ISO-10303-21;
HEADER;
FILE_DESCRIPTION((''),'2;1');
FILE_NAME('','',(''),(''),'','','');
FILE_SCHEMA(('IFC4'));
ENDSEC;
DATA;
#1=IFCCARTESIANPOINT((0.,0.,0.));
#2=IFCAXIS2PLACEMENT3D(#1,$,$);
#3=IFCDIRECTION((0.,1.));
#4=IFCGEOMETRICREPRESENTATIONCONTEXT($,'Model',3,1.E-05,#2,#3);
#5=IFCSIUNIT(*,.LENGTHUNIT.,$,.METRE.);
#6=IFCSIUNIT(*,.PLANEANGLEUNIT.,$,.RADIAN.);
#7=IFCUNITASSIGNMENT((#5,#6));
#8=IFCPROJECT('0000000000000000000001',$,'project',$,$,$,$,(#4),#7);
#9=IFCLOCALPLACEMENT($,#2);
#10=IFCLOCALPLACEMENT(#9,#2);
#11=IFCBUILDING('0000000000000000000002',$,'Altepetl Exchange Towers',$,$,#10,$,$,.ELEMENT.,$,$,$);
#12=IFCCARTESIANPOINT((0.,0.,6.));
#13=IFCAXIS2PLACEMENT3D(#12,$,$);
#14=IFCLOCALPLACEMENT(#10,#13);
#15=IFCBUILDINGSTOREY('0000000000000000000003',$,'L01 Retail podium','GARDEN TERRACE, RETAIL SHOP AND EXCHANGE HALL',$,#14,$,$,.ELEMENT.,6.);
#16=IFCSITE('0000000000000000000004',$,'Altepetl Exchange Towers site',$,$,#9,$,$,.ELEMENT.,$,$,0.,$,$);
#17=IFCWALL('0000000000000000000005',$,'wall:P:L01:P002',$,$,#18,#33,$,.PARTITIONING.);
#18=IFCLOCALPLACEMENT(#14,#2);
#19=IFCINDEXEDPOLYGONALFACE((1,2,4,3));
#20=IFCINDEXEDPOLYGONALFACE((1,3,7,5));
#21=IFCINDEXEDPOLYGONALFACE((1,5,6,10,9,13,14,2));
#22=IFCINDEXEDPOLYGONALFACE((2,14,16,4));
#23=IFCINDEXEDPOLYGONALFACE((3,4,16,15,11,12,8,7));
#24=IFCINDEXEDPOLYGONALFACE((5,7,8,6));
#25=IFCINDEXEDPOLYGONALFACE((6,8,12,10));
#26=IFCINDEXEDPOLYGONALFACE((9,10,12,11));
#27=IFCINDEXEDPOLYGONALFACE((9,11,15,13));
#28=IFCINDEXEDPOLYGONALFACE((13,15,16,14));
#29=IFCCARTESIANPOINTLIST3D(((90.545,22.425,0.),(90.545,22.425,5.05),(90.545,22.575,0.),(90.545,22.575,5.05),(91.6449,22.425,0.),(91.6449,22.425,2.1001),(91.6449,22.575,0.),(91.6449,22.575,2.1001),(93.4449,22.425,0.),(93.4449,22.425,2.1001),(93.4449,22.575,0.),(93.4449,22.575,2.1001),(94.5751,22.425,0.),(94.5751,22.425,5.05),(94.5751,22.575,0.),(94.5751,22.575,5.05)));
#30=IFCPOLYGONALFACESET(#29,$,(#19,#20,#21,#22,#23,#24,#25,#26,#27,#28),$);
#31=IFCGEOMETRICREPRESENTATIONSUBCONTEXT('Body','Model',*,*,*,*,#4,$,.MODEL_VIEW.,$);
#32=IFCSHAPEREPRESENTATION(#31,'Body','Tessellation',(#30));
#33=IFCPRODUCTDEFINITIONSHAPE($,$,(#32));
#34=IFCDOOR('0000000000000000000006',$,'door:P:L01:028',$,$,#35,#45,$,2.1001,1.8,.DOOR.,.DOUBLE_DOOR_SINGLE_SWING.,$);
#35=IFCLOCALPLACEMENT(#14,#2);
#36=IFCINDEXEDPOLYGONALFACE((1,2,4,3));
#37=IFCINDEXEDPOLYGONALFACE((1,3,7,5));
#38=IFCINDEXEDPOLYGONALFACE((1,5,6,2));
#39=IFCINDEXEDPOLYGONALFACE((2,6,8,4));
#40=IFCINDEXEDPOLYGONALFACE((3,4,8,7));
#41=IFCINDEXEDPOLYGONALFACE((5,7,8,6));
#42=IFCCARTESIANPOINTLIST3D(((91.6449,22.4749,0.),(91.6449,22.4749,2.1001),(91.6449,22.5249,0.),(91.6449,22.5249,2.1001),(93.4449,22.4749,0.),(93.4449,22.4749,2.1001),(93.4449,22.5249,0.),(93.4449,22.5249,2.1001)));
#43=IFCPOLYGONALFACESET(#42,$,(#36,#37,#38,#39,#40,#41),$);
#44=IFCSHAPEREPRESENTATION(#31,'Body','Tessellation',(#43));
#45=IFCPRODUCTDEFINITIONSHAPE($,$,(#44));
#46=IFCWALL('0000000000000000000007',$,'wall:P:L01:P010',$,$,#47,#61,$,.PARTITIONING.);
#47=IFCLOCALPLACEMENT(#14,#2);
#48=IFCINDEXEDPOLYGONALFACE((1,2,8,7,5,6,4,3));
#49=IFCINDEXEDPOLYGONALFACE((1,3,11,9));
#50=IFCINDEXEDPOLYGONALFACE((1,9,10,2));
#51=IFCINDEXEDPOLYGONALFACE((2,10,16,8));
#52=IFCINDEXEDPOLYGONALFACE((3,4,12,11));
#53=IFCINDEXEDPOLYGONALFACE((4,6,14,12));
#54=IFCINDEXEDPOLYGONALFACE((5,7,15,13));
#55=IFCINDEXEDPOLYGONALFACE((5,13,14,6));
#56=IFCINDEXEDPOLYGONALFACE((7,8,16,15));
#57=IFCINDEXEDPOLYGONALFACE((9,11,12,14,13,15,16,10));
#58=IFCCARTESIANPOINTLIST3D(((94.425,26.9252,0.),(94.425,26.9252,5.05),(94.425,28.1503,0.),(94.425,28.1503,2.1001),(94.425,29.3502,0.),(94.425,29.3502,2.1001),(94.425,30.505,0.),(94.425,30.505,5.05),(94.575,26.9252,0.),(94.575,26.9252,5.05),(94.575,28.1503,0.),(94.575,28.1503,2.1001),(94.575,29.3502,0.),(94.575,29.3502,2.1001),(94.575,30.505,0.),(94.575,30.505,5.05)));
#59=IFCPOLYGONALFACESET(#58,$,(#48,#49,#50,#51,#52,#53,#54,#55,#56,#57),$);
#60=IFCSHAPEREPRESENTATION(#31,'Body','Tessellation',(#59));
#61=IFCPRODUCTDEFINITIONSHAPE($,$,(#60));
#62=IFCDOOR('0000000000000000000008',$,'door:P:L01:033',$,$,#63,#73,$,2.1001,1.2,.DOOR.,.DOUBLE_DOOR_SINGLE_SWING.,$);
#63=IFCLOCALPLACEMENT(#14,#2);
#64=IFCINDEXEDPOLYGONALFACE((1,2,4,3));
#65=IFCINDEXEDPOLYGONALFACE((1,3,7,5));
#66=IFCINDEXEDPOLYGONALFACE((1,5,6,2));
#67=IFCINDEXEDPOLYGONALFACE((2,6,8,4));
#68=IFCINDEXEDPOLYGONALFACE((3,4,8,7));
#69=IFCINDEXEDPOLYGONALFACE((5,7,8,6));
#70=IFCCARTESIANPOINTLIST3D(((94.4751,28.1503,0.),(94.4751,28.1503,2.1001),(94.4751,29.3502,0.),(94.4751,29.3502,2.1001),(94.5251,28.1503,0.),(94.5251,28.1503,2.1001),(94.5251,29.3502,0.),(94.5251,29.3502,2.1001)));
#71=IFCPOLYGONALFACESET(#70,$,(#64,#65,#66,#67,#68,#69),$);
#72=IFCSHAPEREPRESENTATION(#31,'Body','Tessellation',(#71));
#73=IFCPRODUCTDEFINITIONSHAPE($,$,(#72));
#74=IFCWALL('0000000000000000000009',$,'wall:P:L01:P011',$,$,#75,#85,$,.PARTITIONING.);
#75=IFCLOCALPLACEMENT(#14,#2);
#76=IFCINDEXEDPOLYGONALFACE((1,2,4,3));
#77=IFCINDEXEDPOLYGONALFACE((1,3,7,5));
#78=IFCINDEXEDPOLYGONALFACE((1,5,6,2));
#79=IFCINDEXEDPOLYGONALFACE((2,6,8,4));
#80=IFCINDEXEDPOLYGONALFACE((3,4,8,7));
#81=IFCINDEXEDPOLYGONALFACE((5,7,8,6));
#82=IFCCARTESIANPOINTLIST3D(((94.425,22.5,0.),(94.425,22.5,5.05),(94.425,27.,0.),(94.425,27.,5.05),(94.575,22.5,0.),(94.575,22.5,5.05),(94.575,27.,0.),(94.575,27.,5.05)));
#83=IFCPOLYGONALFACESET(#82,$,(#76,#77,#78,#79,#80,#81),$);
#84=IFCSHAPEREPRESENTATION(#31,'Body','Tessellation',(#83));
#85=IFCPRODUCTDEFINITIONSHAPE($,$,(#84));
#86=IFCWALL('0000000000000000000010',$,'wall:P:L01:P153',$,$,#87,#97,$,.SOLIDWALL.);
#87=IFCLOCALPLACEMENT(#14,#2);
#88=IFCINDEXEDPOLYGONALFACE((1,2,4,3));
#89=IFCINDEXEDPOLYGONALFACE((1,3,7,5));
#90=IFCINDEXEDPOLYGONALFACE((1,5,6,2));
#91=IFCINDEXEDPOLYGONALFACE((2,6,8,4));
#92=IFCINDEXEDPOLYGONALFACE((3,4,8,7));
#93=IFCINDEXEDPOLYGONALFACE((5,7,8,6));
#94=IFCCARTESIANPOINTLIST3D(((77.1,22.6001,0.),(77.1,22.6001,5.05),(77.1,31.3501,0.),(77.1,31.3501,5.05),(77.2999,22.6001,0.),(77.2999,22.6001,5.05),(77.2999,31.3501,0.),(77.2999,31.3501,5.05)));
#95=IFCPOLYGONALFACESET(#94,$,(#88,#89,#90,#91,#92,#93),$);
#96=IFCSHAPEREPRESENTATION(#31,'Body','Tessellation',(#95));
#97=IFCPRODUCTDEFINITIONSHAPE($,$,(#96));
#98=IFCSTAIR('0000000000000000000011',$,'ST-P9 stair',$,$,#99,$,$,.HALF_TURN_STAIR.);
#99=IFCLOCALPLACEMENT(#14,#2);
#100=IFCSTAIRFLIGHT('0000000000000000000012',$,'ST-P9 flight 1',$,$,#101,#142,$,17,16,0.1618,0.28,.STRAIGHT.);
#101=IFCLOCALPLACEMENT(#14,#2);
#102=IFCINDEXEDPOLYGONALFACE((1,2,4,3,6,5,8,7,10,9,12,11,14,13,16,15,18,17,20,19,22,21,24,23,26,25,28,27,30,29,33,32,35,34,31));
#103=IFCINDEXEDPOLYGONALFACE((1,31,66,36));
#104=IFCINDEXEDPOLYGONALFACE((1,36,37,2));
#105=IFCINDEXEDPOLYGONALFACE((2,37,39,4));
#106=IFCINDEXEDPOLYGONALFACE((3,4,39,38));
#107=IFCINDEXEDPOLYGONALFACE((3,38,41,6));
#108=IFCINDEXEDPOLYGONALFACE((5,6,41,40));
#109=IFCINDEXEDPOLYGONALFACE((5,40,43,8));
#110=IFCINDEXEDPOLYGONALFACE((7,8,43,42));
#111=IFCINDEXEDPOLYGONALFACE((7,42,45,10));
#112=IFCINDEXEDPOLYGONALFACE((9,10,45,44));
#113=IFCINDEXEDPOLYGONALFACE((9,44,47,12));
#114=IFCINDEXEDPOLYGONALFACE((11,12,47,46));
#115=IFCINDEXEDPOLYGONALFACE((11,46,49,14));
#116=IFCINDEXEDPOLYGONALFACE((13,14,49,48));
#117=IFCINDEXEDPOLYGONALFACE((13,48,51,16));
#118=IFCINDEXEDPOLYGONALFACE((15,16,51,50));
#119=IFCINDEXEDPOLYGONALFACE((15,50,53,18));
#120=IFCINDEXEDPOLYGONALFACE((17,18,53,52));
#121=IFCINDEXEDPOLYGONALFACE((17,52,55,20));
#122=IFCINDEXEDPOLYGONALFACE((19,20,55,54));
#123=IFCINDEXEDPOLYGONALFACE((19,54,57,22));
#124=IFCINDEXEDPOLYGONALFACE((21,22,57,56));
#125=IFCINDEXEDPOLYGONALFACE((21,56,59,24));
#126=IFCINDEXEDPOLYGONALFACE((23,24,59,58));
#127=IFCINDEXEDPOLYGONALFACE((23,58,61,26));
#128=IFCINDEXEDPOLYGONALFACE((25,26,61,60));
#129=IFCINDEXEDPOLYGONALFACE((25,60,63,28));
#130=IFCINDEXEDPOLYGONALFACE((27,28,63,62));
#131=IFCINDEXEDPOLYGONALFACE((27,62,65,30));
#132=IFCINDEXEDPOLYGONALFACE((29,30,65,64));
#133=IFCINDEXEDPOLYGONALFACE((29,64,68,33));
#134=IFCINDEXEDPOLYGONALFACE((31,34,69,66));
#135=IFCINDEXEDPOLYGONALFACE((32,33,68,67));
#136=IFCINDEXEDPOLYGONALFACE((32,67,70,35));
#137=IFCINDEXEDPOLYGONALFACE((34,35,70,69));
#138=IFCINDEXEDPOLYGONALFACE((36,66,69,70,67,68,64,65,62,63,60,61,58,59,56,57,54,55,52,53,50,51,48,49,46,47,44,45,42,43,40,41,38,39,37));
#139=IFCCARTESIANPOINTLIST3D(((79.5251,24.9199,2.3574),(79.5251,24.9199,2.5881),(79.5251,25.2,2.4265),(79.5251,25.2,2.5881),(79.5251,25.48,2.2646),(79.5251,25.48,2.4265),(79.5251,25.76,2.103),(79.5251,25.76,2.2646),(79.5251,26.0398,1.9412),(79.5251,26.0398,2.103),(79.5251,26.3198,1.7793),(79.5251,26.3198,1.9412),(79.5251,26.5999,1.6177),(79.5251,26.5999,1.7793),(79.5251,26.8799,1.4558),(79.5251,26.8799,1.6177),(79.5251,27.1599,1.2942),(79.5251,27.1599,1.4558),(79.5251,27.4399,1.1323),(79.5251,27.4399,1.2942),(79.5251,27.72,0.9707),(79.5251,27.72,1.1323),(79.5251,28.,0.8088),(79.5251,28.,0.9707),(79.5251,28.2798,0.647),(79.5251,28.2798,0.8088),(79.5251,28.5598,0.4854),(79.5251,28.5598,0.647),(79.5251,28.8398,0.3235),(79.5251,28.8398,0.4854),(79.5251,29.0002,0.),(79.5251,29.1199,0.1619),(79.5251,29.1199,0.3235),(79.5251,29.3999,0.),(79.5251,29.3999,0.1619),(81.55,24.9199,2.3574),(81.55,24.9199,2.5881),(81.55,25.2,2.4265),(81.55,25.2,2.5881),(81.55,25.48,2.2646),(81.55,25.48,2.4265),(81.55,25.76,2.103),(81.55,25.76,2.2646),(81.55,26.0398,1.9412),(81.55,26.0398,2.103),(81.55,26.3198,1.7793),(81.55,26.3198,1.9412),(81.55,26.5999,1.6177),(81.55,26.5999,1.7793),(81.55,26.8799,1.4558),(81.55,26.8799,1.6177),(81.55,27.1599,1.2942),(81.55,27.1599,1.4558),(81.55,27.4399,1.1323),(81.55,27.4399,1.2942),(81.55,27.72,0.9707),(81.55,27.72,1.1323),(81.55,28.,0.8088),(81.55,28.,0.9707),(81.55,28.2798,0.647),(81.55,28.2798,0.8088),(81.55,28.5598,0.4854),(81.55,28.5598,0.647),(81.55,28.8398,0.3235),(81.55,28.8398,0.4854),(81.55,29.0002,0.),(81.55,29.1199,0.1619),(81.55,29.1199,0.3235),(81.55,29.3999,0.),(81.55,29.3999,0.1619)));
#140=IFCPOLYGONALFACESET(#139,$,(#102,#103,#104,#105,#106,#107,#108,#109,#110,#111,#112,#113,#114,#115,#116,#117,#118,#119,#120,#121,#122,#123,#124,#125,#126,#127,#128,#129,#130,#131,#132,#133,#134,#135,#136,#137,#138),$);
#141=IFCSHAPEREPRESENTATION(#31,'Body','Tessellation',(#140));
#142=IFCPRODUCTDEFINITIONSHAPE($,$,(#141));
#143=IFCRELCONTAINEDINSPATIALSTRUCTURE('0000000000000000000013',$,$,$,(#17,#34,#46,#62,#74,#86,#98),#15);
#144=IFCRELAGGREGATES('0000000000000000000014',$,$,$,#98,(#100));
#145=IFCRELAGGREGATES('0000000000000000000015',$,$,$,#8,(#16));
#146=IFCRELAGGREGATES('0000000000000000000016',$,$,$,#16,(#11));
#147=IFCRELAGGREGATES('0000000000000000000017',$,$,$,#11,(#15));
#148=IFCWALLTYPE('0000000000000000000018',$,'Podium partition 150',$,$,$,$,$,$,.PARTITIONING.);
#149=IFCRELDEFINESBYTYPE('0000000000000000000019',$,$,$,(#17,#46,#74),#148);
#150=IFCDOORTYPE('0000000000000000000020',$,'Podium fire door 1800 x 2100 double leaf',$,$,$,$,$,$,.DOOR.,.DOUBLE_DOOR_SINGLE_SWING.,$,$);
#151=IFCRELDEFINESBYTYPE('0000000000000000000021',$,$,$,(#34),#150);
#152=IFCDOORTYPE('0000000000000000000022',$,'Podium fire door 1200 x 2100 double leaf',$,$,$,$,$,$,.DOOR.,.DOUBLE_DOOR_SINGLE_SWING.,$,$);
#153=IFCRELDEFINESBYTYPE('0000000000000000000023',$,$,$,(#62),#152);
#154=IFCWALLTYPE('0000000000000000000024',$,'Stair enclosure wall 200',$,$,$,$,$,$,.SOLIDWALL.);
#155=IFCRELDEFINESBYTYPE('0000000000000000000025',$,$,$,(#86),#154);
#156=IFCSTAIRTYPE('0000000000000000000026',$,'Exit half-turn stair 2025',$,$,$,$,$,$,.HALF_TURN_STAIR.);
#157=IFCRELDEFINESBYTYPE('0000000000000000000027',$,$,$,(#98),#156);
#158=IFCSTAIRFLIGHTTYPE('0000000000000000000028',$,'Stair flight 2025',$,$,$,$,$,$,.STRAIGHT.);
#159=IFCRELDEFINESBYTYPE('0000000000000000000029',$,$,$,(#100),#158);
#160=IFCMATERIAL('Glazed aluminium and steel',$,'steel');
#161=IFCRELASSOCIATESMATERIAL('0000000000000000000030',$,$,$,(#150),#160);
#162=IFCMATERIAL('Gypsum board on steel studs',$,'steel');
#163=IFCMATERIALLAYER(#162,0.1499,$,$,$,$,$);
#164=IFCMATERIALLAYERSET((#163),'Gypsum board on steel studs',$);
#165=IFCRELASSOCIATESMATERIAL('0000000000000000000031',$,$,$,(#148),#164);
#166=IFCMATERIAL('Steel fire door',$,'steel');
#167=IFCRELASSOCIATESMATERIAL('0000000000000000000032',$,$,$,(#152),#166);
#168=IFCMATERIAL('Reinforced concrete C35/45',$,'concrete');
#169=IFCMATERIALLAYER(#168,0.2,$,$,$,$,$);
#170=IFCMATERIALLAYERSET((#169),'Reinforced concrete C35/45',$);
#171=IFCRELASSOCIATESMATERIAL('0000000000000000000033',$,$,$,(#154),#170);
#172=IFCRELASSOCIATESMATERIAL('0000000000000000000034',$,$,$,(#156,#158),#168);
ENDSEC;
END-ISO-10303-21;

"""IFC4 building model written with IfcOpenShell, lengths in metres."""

from ifc_helpers import new_model, si_unit, direction, frame, frame_2d, origin, place, context, subcontext, project, spatial, polyline, rectangle, outline, extrude, material, layer, layer_set, type_object, element, fill, aggregate, save


model = new_model("IFC4")

# Units and contexts
model_context = context("Model", 3, precision=1e-05, world=origin(), true_north=direction((0.0, 1.0)))
body_context = subcontext(model_context, "Body", "Model", "MODEL_VIEW")
ifc_project = project(units=[si_unit("LENGTHUNIT", "METRE"), si_unit("PLANEANGLEUNIT", "RADIAN")], contexts=[model_context])

# Site, building, storey
site_placement = place(None, origin())
site = spatial("IfcSite", under=ifc_project, at=site_placement, Name="Altepetl Exchange Towers site", CompositionType="ELEMENT", RefElevation=0.0)
building_placement = place(site_placement, origin())
building = spatial("IfcBuilding", under=site, at=building_placement, Name="Altepetl Exchange Towers", CompositionType="ELEMENT")
storey_placement = place(building_placement, frame((0.0, 0.0, 6.0)))
storey = spatial("IfcBuildingStorey", under=building, at=storey_placement, Name="L01 Retail podium", Description="GARDEN TERRACE, RETAIL SHOP AND EXCHANGE HALL", CompositionType="ELEMENT", Elevation=6.0)

# Shared definitions
ifc_material_1 = material(Name="Reinforced concrete C35/45", Category="concrete")
ifc_material_2 = material(Name="Glazed aluminium and steel", Category="steel")
door_type_1 = type_object("IfcDoorType", Name="Podium fire door 1800 x 2100 double leaf", OperationType="DOUBLE_DOOR_SINGLE_SWING", PredefinedType="DOOR", material=ifc_material_2)

# Walls, openings, doors
ifc_material_3 = material(Name="Gypsum board on steel studs", Category="steel")
ifc_layer_1 = layer(ifc_material_3, 0.1499)
ifc_layer_set_1 = layer_set([ifc_layer_1], Name="Gypsum board on steel studs")
wall_type_1 = type_object("IfcWallType", Name="Podium partition 150", PredefinedType="PARTITIONING", material=ifc_layer_set_1)
wall_1_placement = place(storey_placement, frame((90.5449, 22.5, 0.0)))
wall_1 = element("IfcWall", 1, at=wall_1_placement, inside=storey, type_object=wall_type_1, Name="wall:P:L01:P002", PredefinedType="PARTITIONING", context=body_context, shape_type="SweptSolid", body=[
    extrude(rectangle(XDim=4.03, YDim=0.1499, at=frame_2d((2.0151, 0.0))), origin(), (0.0, 0.0, 1.0), 5.05),
])
opening_1_placement = place(wall_1_placement, frame((1.1001, 0.0, 0.0)))
opening_1 = element("IfcOpeningElement", 2, at=opening_1_placement, cuts=wall_1, PredefinedType="OPENING", context=body_context, shape_type="SweptSolid", body=[
    extrude(rectangle(XDim=1.8, YDim=2.1001, at=frame_2d((0.8999, 1.05))), frame((0.0, 0.085, 0.0), z_axis=(0.0, -1.0, 0.0), x_axis=(1.0, 0.0, 0.0)), (0.0, 0.0, 1.0), 0.1699),
])
door_1_placement = place(opening_1_placement, origin())
door_1 = element("IfcDoor", 3, at=door_1_placement, inside=storey, type_object=door_type_1, Name="door:P:L01:028", OperationType="DOUBLE_DOOR_SINGLE_SWING", OverallHeight=2.1001, OverallWidth=1.8, PredefinedType="DOOR", context=body_context, shape_type="SweptSolid", body=[
    extrude(rectangle(XDim=1.8, YDim=2.1001, at=frame_2d((0.8999, 1.05))), frame((0.0, 0.0249, 0.0), z_axis=(0.0, -1.0, 0.0), x_axis=(1.0, 0.0, 0.0)), (0.0, 0.0, 1.0), 0.05),
])
fill(opening_1, door_1)
wall_2_placement = place(storey_placement, frame((94.5, 26.925, 0.0), z_axis=(0.0, 0.0, 1.0), x_axis=(0.0, 1.0, 0.0)))
wall_2 = element("IfcWall", 4, at=wall_2_placement, inside=storey, type_object=wall_type_1, Name="wall:P:L01:P010", PredefinedType="PARTITIONING", context=body_context, shape_type="SweptSolid", body=[
    extrude(rectangle(XDim=3.5798, YDim=0.1499, at=frame_2d((1.79, 0.0))), origin(), (0.0, 0.0, 1.0), 5.05),
])
opening_2_placement = place(wall_2_placement, frame((1.2251, 0.0, 0.0)))
opening_2 = element("IfcOpeningElement", 5, at=opening_2_placement, cuts=wall_2, PredefinedType="OPENING", context=body_context, shape_type="SweptSolid", body=[
    extrude(rectangle(XDim=1.2, YDim=2.1001, at=frame_2d((0.6001, 1.05))), frame((0.0, 0.085, 0.0), z_axis=(0.0, -1.0, 0.0), x_axis=(1.0, 0.0, 0.0)), (0.0, 0.0, 1.0), 0.1699),
])
ifc_material_4 = material(Name="Steel fire door", Category="steel")
door_type_2 = type_object("IfcDoorType", Name="Podium fire door 1200 x 2100 double leaf", OperationType="DOUBLE_DOOR_SINGLE_SWING", PredefinedType="DOOR", material=ifc_material_4)
door_2_placement = place(opening_2_placement, origin())
door_2 = element("IfcDoor", 6, at=door_2_placement, inside=storey, type_object=door_type_2, Name="door:P:L01:033", OperationType="DOUBLE_DOOR_SINGLE_SWING", OverallHeight=2.1001, OverallWidth=1.2, PredefinedType="DOOR", context=body_context, shape_type="SweptSolid", body=[
    extrude(rectangle(XDim=1.2, YDim=2.1001, at=frame_2d((0.6001, 1.05))), frame((0.0, 0.0249, 0.0), z_axis=(0.0, -1.0, 0.0), x_axis=(1.0, 0.0, 0.0)), (0.0, 0.0, 1.0), 0.05),
])
fill(opening_2, door_2)

# Walls
wall_3_placement = place(storey_placement, frame((94.5, 22.5, 0.0), z_axis=(0.0, 0.0, 1.0), x_axis=(0.0, 1.0, 0.0)))
element("IfcWall", 7, at=wall_3_placement, inside=storey, type_object=wall_type_1, Name="wall:P:L01:P011", PredefinedType="PARTITIONING", context=body_context, shape_type="SweptSolid", body=[
    extrude(rectangle(XDim=4.5, YDim=0.1499, at=frame_2d((2.25, 0.0))), origin(), (0.0, 0.0, 1.0), 5.05),
])
ifc_layer_2 = layer(ifc_material_1, 0.2)
ifc_layer_set_2 = layer_set([ifc_layer_2], Name="Reinforced concrete C35/45")
wall_type_2 = type_object("IfcWallType", Name="Stair enclosure wall 200", PredefinedType="SOLIDWALL", material=ifc_layer_set_2)
wall_4_placement = place(storey_placement, frame((77.2, 22.6001, 0.0), z_axis=(0.0, 0.0, 1.0), x_axis=(0.0, 1.0, 0.0)))
element("IfcWall", 8, at=wall_4_placement, inside=storey, type_object=wall_type_2, Name="wall:P:L01:P153", PredefinedType="SOLIDWALL", context=body_context, shape_type="SweptSolid", body=[
    extrude(rectangle(XDim=8.75, YDim=0.2, at=frame_2d((4.375, 0.0))), origin(), (0.0, 0.0, 1.0), 5.05),
])

# Stair, stair flight
stair_type = type_object("IfcStairType", Name="Exit half-turn stair 2025", PredefinedType="HALF_TURN_STAIR", material=ifc_material_1)
stair_placement = place(storey_placement, origin())
stair = element("IfcStair", 9, at=stair_placement, inside=storey, type_object=stair_type, Name="ST-P9 stair", PredefinedType="HALF_TURN_STAIR")
stair_flight_type = type_object("IfcStairFlightType", Name="Stair flight 2025", PredefinedType="STRAIGHT", material=ifc_material_1)
stair_flight_1_placement = place(storey_placement, frame((80.5376, 29.3999, 0.0), z_axis=(0.0, 0.0, 1.0), x_axis=(0.0, -1.0, 0.0)))
stair_flight_1 = element("IfcStairFlight", 10, at=stair_flight_1_placement, type_object=stair_flight_type, Name="ST-P9 flight 1", NumberOfRisers=17, NumberOfTreads=16, PredefinedType="STRAIGHT", RiserHeight=0.1618, TreadLength=0.28, context=body_context, shape_type="SweptSolid", body=[
    extrude(outline(polyline([(0.0, 0.0), (0.0, 0.1619), (0.28, 0.1619), (0.28, 0.3235), (0.5601, 0.3235), (0.5601, 0.4854), (0.8401, 0.4854), (0.8401, 0.647), (1.1201, 0.647), (1.1201, 0.8088), (1.3999, 0.8088), (1.3999, 0.9707), (1.6799, 0.9707), (1.6799, 1.1323), (1.96, 1.1323), (1.96, 1.2942), (2.24, 1.2942), (2.24, 1.4558), (2.52, 1.4558), (2.52, 1.6177), (2.8, 1.6177), (2.8, 1.7793), (3.0801, 1.7793), (3.0801, 1.9412), (3.3601, 1.9412), (3.3601, 2.103), (3.6399, 2.103), (3.6399, 2.2646), (3.9199, 2.2646), (3.9199, 2.4265), (4.2, 2.4265), (4.2, 2.5881), (4.48, 2.5881), (4.48, 2.75), (4.48, 2.3574), (0.3997, 0.0), (0.0, 0.0)])), frame((0.0, 1.0125, 0.0), z_axis=(0.0, -1.0, 0.0), x_axis=(1.0, 0.0, 0.0)), (0.0, 0.0, 1.0), 2.0249),
])
aggregate(stair, [stair_flight_1])

save(model, "model.ifc")
